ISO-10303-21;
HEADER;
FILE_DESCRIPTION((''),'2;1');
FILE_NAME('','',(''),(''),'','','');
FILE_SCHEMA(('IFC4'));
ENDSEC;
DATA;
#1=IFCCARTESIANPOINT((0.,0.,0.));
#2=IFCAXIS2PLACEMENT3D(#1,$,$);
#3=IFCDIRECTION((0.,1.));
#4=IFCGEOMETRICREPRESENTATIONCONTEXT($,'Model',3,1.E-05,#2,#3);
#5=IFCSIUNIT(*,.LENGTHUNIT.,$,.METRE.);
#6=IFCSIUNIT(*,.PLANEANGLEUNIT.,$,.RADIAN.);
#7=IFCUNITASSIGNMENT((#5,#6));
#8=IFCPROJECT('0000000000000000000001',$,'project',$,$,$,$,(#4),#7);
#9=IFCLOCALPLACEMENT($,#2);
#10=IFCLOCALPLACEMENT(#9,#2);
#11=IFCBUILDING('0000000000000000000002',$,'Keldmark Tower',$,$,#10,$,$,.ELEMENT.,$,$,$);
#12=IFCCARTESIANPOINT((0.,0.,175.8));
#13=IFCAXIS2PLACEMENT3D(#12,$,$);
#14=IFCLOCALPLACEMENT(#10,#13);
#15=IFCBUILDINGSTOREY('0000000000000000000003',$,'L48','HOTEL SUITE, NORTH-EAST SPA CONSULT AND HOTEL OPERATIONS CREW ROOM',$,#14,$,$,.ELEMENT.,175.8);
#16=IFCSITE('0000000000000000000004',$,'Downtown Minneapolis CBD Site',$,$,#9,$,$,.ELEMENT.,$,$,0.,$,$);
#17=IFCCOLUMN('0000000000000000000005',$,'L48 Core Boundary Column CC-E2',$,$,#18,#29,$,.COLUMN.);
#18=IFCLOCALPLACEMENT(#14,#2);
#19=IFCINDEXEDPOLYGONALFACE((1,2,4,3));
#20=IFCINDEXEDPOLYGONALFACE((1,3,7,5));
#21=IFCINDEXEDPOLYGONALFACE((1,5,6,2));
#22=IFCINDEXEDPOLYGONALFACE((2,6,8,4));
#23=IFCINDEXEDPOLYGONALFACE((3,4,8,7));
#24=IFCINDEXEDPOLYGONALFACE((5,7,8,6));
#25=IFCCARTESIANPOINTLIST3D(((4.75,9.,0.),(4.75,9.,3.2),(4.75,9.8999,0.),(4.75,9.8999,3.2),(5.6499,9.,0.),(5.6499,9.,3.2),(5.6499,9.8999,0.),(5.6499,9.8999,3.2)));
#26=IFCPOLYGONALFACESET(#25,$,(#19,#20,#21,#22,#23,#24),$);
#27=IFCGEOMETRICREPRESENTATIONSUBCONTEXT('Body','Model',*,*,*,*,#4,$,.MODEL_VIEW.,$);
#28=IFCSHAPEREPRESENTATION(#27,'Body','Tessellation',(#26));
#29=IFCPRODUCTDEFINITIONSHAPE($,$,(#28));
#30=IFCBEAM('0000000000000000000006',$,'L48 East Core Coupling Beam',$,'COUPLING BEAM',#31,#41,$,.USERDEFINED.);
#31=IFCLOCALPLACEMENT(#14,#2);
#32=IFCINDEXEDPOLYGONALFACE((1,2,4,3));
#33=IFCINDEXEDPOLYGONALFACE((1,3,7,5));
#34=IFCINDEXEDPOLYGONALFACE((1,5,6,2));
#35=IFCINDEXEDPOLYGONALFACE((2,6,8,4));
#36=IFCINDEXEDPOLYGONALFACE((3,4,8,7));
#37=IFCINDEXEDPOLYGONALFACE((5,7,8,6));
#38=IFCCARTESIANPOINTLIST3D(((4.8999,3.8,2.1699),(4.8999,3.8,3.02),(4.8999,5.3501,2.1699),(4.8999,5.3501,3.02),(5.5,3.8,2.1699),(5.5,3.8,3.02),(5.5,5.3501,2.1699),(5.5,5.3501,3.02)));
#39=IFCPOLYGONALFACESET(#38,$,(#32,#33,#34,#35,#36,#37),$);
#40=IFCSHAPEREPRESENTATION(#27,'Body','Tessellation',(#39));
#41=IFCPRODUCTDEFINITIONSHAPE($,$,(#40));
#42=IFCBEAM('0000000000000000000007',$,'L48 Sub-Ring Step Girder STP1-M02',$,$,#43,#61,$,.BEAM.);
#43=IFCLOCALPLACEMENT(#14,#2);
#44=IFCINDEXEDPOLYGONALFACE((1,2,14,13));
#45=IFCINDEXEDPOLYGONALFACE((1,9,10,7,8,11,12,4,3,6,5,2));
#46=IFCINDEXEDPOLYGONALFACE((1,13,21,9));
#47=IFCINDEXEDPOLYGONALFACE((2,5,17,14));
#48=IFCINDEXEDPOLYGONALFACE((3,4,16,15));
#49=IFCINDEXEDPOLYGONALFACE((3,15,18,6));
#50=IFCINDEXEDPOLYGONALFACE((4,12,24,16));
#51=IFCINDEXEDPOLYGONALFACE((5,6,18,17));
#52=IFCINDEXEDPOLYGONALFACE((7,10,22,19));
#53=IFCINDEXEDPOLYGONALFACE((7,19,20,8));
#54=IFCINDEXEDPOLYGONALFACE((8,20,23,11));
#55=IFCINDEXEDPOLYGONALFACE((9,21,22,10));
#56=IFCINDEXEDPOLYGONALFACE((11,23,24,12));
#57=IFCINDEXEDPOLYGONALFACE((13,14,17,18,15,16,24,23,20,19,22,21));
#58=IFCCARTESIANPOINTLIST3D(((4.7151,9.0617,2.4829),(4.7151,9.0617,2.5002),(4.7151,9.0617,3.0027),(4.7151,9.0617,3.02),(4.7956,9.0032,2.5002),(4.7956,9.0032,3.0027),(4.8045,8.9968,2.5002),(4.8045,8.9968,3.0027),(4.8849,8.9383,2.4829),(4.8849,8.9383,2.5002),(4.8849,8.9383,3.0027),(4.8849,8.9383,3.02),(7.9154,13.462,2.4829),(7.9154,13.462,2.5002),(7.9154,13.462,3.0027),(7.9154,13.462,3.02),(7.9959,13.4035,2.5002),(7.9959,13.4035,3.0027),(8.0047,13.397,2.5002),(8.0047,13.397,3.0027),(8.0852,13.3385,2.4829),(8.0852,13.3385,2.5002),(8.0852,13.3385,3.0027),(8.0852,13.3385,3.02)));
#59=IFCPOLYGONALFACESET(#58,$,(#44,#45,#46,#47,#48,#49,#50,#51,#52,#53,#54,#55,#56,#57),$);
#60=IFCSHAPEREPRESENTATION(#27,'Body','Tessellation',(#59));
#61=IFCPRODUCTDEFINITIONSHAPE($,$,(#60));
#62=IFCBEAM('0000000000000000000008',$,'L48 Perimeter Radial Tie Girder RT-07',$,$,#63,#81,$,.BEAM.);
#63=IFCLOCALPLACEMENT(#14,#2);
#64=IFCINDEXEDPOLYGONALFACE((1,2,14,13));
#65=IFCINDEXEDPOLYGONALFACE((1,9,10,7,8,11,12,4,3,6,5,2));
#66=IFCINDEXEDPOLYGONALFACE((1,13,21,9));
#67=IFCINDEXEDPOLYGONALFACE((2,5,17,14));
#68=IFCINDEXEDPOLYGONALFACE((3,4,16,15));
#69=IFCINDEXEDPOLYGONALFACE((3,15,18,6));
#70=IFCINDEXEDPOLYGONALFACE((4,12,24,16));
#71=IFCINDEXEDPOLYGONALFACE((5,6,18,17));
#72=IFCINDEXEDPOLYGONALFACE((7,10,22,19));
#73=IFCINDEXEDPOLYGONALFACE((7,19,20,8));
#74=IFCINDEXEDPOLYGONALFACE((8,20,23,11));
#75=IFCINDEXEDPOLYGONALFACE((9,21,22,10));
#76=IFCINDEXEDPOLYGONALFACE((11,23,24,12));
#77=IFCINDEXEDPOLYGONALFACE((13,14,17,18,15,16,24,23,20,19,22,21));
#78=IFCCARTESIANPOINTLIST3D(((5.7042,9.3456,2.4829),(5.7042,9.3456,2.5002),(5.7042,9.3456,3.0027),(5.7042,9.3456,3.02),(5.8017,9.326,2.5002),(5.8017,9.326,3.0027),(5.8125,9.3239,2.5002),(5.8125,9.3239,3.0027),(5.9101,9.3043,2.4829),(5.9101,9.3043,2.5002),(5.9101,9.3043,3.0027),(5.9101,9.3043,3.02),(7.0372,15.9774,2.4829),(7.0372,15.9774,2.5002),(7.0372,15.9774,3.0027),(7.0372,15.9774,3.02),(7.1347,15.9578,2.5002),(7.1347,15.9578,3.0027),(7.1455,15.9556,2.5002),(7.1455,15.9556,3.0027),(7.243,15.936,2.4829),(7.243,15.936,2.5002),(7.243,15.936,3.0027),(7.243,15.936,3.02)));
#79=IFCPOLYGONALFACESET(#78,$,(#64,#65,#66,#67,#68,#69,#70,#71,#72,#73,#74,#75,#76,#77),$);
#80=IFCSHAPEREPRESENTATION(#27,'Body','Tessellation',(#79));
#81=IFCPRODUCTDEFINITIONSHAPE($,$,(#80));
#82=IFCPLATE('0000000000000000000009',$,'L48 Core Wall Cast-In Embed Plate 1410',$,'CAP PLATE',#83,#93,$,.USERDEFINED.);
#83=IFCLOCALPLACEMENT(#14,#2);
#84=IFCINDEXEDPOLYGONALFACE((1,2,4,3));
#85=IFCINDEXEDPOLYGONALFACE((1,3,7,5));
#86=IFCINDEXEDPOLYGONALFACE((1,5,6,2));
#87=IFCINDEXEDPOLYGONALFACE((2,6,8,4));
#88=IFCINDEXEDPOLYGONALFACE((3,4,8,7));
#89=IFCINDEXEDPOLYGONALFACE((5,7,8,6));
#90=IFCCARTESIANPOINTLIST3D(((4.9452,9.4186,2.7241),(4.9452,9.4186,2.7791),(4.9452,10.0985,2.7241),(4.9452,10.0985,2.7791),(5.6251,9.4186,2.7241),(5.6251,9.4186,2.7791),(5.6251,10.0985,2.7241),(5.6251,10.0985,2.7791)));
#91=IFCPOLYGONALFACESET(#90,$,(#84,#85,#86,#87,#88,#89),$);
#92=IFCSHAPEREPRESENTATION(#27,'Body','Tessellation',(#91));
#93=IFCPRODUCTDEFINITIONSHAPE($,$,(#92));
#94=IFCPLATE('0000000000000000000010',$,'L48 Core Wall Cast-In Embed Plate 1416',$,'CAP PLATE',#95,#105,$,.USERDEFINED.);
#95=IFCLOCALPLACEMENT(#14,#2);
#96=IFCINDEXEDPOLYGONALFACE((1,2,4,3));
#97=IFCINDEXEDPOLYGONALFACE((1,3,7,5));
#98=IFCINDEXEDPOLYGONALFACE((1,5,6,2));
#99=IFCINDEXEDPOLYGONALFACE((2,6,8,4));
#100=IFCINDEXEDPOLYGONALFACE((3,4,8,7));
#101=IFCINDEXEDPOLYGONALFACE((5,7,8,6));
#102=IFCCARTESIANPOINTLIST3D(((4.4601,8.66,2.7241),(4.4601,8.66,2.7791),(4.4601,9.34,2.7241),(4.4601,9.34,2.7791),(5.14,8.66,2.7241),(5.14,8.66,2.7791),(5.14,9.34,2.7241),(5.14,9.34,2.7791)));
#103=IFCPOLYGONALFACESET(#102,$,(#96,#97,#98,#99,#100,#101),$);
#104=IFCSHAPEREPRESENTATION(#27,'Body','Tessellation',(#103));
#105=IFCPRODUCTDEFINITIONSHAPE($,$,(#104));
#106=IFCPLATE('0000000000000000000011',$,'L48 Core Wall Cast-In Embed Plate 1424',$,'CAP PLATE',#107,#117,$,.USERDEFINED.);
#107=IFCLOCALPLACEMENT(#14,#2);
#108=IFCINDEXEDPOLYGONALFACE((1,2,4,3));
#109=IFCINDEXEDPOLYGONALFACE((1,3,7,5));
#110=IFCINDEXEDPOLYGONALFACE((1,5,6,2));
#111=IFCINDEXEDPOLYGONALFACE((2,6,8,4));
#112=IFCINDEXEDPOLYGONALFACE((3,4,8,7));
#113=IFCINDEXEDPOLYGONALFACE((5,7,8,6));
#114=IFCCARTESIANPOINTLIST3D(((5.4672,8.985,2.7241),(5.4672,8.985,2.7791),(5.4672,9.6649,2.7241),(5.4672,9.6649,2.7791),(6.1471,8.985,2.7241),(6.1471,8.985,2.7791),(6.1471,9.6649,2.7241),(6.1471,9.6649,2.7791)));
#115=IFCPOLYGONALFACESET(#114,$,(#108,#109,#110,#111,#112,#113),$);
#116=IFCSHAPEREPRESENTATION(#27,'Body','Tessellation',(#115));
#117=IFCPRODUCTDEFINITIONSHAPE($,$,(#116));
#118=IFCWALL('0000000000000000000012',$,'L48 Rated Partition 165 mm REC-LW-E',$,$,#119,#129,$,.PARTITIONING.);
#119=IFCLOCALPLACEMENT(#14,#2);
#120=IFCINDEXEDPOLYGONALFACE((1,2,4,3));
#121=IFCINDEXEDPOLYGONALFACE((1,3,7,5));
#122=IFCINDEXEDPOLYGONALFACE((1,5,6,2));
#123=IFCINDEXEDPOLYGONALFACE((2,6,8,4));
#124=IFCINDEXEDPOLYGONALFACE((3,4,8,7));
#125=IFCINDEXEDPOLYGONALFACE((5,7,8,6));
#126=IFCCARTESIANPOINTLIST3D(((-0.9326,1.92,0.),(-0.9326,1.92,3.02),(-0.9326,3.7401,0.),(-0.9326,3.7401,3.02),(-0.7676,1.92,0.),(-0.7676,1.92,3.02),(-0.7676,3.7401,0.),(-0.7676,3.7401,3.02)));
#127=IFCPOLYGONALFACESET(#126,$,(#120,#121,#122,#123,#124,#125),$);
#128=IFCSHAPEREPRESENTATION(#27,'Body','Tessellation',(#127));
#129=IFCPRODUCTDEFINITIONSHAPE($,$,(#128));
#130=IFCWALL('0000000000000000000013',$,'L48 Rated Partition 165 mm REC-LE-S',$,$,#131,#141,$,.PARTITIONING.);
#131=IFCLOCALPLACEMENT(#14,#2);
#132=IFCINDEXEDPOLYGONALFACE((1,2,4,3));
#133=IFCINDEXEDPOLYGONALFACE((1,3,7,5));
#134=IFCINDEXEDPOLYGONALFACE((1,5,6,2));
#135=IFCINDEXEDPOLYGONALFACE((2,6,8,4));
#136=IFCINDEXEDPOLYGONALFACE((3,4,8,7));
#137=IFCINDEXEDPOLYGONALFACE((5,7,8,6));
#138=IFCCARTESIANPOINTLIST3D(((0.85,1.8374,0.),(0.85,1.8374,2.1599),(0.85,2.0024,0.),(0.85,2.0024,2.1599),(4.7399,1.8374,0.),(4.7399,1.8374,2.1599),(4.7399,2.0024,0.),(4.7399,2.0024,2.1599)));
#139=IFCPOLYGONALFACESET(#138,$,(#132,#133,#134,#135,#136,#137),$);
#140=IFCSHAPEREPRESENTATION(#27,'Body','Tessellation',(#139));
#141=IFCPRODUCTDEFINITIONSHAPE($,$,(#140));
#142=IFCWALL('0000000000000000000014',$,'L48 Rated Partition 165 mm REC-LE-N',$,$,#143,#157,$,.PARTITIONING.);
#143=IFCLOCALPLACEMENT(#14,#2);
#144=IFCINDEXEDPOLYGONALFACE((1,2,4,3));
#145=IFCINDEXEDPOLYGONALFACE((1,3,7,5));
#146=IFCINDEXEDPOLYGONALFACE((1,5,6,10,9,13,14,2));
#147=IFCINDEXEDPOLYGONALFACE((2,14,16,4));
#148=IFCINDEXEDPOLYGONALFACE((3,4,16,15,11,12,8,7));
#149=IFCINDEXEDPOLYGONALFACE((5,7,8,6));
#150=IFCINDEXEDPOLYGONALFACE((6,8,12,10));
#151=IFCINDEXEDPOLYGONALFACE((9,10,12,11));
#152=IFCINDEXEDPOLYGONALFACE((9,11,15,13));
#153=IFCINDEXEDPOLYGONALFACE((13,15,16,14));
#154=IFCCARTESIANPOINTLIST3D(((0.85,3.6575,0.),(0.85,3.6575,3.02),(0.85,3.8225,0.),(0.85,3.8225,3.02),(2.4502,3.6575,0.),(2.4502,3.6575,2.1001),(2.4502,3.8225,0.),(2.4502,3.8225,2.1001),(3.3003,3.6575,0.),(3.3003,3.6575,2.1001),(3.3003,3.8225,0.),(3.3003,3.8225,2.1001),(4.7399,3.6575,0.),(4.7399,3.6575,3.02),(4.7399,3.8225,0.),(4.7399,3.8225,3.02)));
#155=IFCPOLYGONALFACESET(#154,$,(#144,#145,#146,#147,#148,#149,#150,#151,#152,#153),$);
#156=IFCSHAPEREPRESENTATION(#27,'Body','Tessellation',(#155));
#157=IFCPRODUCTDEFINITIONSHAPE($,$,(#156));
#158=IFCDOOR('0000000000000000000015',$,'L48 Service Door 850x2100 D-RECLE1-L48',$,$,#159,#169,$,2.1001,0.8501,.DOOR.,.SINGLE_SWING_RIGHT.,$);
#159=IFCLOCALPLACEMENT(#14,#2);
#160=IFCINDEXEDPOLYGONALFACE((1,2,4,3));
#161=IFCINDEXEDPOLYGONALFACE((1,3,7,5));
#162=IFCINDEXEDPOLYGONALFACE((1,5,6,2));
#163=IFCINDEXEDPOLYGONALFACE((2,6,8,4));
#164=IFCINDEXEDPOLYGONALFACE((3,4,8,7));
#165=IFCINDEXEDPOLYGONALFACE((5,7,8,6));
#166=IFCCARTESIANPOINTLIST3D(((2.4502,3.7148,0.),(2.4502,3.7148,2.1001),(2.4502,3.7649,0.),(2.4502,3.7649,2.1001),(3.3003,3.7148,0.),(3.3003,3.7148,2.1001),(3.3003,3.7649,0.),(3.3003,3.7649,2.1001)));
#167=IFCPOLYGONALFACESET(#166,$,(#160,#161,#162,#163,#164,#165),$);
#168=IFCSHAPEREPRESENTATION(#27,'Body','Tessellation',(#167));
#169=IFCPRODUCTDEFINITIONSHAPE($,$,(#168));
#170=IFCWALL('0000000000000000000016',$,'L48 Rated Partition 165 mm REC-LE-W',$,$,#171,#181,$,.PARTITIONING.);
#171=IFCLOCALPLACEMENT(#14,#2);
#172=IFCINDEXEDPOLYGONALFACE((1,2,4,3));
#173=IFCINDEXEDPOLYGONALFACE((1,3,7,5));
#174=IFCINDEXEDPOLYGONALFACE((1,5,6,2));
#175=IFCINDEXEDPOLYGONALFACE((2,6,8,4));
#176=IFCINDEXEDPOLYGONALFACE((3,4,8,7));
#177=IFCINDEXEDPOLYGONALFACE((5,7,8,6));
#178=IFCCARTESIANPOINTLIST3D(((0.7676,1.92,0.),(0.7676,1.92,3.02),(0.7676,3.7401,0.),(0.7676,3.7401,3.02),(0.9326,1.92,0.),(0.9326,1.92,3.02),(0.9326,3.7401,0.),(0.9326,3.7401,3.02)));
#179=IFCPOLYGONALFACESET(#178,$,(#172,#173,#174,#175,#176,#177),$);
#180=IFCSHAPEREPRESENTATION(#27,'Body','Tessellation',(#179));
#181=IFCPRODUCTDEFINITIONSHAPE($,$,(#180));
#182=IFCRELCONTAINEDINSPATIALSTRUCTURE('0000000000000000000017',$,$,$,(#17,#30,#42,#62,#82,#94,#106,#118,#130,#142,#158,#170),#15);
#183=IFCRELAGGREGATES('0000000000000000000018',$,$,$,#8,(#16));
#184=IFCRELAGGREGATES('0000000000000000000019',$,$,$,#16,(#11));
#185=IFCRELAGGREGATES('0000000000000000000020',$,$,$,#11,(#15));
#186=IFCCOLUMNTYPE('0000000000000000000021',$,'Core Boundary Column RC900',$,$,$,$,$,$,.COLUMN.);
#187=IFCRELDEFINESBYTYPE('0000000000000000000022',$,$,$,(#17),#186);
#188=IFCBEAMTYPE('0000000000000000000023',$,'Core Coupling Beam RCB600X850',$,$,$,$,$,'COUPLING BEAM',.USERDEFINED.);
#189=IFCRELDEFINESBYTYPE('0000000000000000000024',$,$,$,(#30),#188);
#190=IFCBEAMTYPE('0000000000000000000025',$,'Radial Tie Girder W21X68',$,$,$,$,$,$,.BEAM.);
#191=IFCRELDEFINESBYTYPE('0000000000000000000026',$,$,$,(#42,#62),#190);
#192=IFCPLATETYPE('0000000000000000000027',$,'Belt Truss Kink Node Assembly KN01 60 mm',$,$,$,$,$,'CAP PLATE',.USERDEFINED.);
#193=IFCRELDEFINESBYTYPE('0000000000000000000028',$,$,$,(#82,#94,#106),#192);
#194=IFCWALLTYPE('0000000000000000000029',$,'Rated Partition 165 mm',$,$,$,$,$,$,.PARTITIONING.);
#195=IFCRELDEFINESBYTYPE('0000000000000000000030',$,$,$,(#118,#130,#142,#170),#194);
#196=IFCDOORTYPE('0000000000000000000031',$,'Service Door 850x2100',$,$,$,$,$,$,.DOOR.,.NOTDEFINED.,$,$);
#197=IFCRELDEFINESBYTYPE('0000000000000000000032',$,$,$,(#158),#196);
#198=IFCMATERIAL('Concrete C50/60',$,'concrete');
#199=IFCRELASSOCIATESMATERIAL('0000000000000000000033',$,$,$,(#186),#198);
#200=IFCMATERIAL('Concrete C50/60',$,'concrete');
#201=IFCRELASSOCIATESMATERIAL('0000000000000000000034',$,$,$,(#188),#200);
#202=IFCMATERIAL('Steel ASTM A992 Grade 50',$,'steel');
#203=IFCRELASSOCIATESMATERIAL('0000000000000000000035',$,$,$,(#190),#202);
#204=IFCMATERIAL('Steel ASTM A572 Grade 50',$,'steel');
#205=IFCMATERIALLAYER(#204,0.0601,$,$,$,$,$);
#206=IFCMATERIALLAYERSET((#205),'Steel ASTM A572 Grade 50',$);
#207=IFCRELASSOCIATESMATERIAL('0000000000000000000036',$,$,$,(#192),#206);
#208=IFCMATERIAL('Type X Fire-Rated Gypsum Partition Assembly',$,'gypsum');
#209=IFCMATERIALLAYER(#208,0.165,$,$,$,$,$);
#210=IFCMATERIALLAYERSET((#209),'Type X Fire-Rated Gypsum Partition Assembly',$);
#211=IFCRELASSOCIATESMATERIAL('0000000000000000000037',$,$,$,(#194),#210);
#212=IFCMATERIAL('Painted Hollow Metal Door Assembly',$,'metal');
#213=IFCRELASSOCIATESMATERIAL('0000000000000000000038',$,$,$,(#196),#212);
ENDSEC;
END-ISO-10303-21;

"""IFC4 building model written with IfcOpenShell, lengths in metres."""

from ifc_helpers import new_model, si_unit, direction, frame, frame_2d, origin, origin_2d, place, context, subcontext, project, spatial, rectangle, i_section, extrude, material, layer, layer_set, material_profile, profile_set, type_object, element, fill, save


model = new_model("IFC4")

# Units and contexts
model_context = context("Model", 3, precision=1e-05, world=origin(), true_north=direction((0.0, 1.0)))
body_context = subcontext(model_context, "Body", "Model", "MODEL_VIEW")
ifc_project = project(units=[si_unit("LENGTHUNIT", "METRE"), si_unit("PLANEANGLEUNIT", "RADIAN")], contexts=[model_context])

# Site, building, storey
site_placement = place(None, origin())
site = spatial("IfcSite", under=ifc_project, at=site_placement, Name="Downtown Minneapolis CBD Site", CompositionType="ELEMENT", RefElevation=0.0)
building_placement = place(site_placement, origin())
building = spatial("IfcBuilding", under=site, at=building_placement, Name="Keldmark Tower", CompositionType="ELEMENT")
storey_placement = place(building_placement, frame((0.0, 0.0, 175.8)))
storey = spatial("IfcBuildingStorey", under=building, at=storey_placement, Name="L48", Description="HOTEL SUITE, NORTH-EAST SPA CONSULT AND HOTEL OPERATIONS CREW ROOM", CompositionType="ELEMENT", Elevation=175.8)

# Column
ifc_material_1 = material(Name="Concrete C50/60", Category="concrete")
ifc_material_profile_1 = material_profile(ifc_material_1, rectangle(XDim=0.8999, YDim=0.8999, at=origin_2d()), Name="RC900X900")
ifc_profile_set_1 = profile_set([ifc_material_profile_1], Name="Concrete C50/60")
column_type = type_object("IfcColumnType", Name="Core Boundary Column RC900", PredefinedType="COLUMN", material=ifc_profile_set_1)
column_placement = place(storey_placement, frame((5.2, 9.45, 0.0), z_axis=(0.0, 0.0, 1.0), x_axis=(1.0, 0.0, 0.0)))
element("IfcColumn", 1, at=column_placement, inside=storey, type_object=column_type, Name="L48 Core Boundary Column CC-E2", PredefinedType="COLUMN", context=body_context, shape_type="SweptSolid", body=[
    extrude(rectangle(XDim=0.8999, YDim=0.8999, at=origin_2d()), origin(), (0.0, 0.0, 1.0), 3.2),
])

# Beams
ifc_material_2 = material(Name="Concrete C50/60", Category="concrete")
ifc_material_profile_2 = material_profile(ifc_material_2, rectangle(XDim=0.6001, YDim=0.8501, at=origin_2d()), Name="RCB600X850")
ifc_profile_set_2 = profile_set([ifc_material_profile_2], Name="Concrete C50/60")
beam_type_1 = type_object("IfcBeamType", Name="Core Coupling Beam RCB600X850", ElementType="COUPLING BEAM", PredefinedType="USERDEFINED", material=ifc_profile_set_2)
beam_1_placement = place(storey_placement, frame((5.2, 3.8, 2.595), z_axis=(0.0, 1.0, 0.0), x_axis=(-1.0, 0.0, 0.0)))
element("IfcBeam", 2, at=beam_1_placement, inside=storey, type_object=beam_type_1, Name="L48 East Core Coupling Beam", ObjectType="COUPLING BEAM", PredefinedType="USERDEFINED", context=body_context, shape_type="SweptSolid", body=[
    extrude(rectangle(XDim=0.6001, YDim=0.8501, at=origin_2d()), origin(), (0.0, 0.0, 1.0), 1.55),
])
ifc_material_3 = material(Name="Steel ASTM A992 Grade 50", Category="steel")
ifc_material_profile_3 = material_profile(ifc_material_3, i_section(OverallWidth=0.21, OverallDepth=0.5371, WebThickness=0.011, FlangeThickness=0.0173, at=origin_2d()), Name="W21X68")
ifc_profile_set_3 = profile_set([ifc_material_profile_3], Name="Steel ASTM A992 Grade 50")
beam_type_2 = type_object("IfcBeamType", Name="Radial Tie Girder W21X68", PredefinedType="BEAM", material=ifc_profile_set_3)
beam_2_placement = place(storey_placement, frame((4.8, 9.0, 2.7515), z_axis=(0.588182, 0.808728, 0.0), x_axis=(-0.808728, 0.588182, 0.0)))
element("IfcBeam", 3, at=beam_2_placement, inside=storey, type_object=beam_type_2, Name="L48 Sub-Ring Step Girder STP1-M02", PredefinedType="BEAM", context=body_context, shape_type="SweptSolid", body=[
    extrude(i_section(OverallWidth=0.21, OverallDepth=0.5371, WebThickness=0.011, FlangeThickness=0.0173, at=origin_2d()), origin(), (0.0, 0.0, 1.0), 5.4409),
])
beam_3_placement = place(storey_placement, frame((5.8071, 9.325, 2.7515), z_axis=(0.19706, 0.980391, 0.0), x_axis=(-0.980391, 0.19706, 0.0)))
element("IfcBeam", 4, at=beam_3_placement, inside=storey, type_object=beam_type_2, Name="L48 Perimeter Radial Tie Girder RT-07", PredefinedType="BEAM", context=body_context, shape_type="SweptSolid", body=[
    extrude(i_section(OverallWidth=0.21, OverallDepth=0.5371, WebThickness=0.011, FlangeThickness=0.0173, at=origin_2d()), origin(), (0.0, 0.0, 1.0), 6.7644),
])

# Plates
ifc_material_4 = material(Name="Steel ASTM A572 Grade 50", Category="steel")
ifc_layer_1 = layer(ifc_material_4, 0.0601)
ifc_layer_set_1 = layer_set([ifc_layer_1], Name="Steel ASTM A572 Grade 50")
plate_type = type_object("IfcPlateType", Name="Belt Truss Kink Node Assembly KN01 60 mm", ElementType="CAP PLATE", PredefinedType="USERDEFINED", material=ifc_layer_set_1)
for number, where, z_axis, x_axis, name in (
    (5, (5.2852, 9.7585, 2.7241), (0.0, 0.0, 1.0), (1.0, 0.0, 0.0), "L48 Core Wall Cast-In Embed Plate 1410"),
    (6, (4.8, 9.0, 2.7241), (0.0, 0.0, 1.0), (1.0, 0.0, 0.0), "L48 Core Wall Cast-In Embed Plate 1416"),
    (7, (5.8071, 9.325, 2.7241), (0.0, 0.0, 1.0), (1.0, 0.0, 0.0), "L48 Core Wall Cast-In Embed Plate 1424"),
):
    element("IfcPlate", number, at=place(storey_placement, frame(where, z_axis=z_axis, x_axis=x_axis)), inside=storey, type_object=plate_type, Name=name, ObjectType="CAP PLATE", PredefinedType="USERDEFINED", context=body_context, shape_type="SweptSolid", body=[
        extrude(rectangle(XDim=0.6799, YDim=0.6799, at=origin_2d()), origin(), (0.0, 0.0, 1.0), 0.0549),
    ])

# Walls
ifc_material_5 = material(Name="Type X Fire-Rated Gypsum Partition Assembly", Category="gypsum")
ifc_layer_2 = layer(ifc_material_5, 0.165)
ifc_layer_set_2 = layer_set([ifc_layer_2], Name="Type X Fire-Rated Gypsum Partition Assembly")
wall_type_1 = type_object("IfcWallType", Name="Rated Partition 165 mm", PredefinedType="PARTITIONING", material=ifc_layer_set_2)
wall_1_placement = place(storey_placement, frame((-0.8501, 1.9199, 0.0), z_axis=(0.0, 0.0, 1.0), x_axis=(0.0, 1.0, 0.0)))
element("IfcWall", 8, at=wall_1_placement, inside=storey, type_object=wall_type_1, Name="L48 Rated Partition 165 mm REC-LW-E", PredefinedType="PARTITIONING", context=body_context, shape_type="SweptSolid", body=[
    extrude(rectangle(XDim=1.8201, YDim=0.165, at=frame_2d((0.9102, 0.0))), origin(), (0.0, 0.0, 1.0), 3.02),
])
wall_2_placement = place(storey_placement, frame((0.8501, 1.9199, 0.0), z_axis=(0.0, 0.0, 1.0), x_axis=(1.0, 0.0, 0.0)))
element("IfcWall", 9, at=wall_2_placement, inside=storey, type_object=wall_type_1, Name="L48 Rated Partition 165 mm REC-LE-S", PredefinedType="PARTITIONING", context=body_context, shape_type="SweptSolid", body=[
    extrude(rectangle(XDim=3.8899, YDim=0.165, at=frame_2d((1.9448, 0.0))), origin(), (0.0, 0.0, 1.0), 2.1599),
])

# Wall, opening, door
wall_3_placement = place(storey_placement, frame((0.8501, 3.74, 0.0), z_axis=(0.0, 0.0, 1.0), x_axis=(1.0, 0.0, 0.0)))
wall_3 = element("IfcWall", 10, at=wall_3_placement, inside=storey, type_object=wall_type_1, Name="L48 Rated Partition 165 mm REC-LE-N", PredefinedType="PARTITIONING", context=body_context, shape_type="SweptSolid", body=[
    extrude(rectangle(XDim=3.8899, YDim=0.165, at=frame_2d((1.9448, 0.0))), origin(), (0.0, 0.0, 1.0), 3.02),
])
opening_1_placement = place(wall_3_placement, frame((1.6001, 0.0, 0.0)))
opening_1 = element("IfcOpeningElement", 11, at=opening_1_placement, cuts=wall_3, PredefinedType="OPENING", context=body_context, shape_type="SweptSolid", body=[
    extrude(rectangle(XDim=0.8501, YDim=2.1001, at=frame_2d((0.425, 1.05))), frame((0.0, 0.0925, 0.0), z_axis=(0.0, -1.0, 0.0), x_axis=(1.0, 0.0, 0.0)), (0.0, 0.0, 1.0), 0.1851),
])
ifc_material_6 = material(Name="Painted Hollow Metal Door Assembly", Category="metal")
door_type_1 = type_object("IfcDoorType", Name="Service Door 850x2100", OperationType="NOTDEFINED", PredefinedType="DOOR", material=ifc_material_6)
door_1_placement = place(opening_1_placement, origin())
door_1 = element("IfcDoor", 12, at=door_1_placement, inside=storey, type_object=door_type_1, Name="L48 Service Door 850x2100 D-RECLE1-L48", OperationType="SINGLE_SWING_RIGHT", OverallHeight=2.1001, OverallWidth=0.8501, PredefinedType="DOOR", context=body_context, shape_type="SweptSolid", body=[
    extrude(rectangle(XDim=0.8501, YDim=2.1001, at=frame_2d((0.425, 1.05))), frame((0.0, 0.0249, 0.0), z_axis=(0.0, -1.0, 0.0), x_axis=(1.0, 0.0, 0.0)), (0.0, 0.0, 1.0), 0.05),
])
fill(opening_1, door_1)

# Wall
wall_4_placement = place(storey_placement, frame((0.8501, 1.9199, 0.0), z_axis=(0.0, 0.0, 1.0), x_axis=(0.0, 1.0, 0.0)))
element("IfcWall", 13, at=wall_4_placement, inside=storey, type_object=wall_type_1, Name="L48 Rated Partition 165 mm REC-LE-W", PredefinedType="PARTITIONING", context=body_context, shape_type="SweptSolid", body=[
    extrude(rectangle(XDim=1.8201, YDim=0.165, at=frame_2d((0.9102, 0.0))), origin(), (0.0, 0.0, 1.0), 3.02),
])

save(model, "model.ifc")
